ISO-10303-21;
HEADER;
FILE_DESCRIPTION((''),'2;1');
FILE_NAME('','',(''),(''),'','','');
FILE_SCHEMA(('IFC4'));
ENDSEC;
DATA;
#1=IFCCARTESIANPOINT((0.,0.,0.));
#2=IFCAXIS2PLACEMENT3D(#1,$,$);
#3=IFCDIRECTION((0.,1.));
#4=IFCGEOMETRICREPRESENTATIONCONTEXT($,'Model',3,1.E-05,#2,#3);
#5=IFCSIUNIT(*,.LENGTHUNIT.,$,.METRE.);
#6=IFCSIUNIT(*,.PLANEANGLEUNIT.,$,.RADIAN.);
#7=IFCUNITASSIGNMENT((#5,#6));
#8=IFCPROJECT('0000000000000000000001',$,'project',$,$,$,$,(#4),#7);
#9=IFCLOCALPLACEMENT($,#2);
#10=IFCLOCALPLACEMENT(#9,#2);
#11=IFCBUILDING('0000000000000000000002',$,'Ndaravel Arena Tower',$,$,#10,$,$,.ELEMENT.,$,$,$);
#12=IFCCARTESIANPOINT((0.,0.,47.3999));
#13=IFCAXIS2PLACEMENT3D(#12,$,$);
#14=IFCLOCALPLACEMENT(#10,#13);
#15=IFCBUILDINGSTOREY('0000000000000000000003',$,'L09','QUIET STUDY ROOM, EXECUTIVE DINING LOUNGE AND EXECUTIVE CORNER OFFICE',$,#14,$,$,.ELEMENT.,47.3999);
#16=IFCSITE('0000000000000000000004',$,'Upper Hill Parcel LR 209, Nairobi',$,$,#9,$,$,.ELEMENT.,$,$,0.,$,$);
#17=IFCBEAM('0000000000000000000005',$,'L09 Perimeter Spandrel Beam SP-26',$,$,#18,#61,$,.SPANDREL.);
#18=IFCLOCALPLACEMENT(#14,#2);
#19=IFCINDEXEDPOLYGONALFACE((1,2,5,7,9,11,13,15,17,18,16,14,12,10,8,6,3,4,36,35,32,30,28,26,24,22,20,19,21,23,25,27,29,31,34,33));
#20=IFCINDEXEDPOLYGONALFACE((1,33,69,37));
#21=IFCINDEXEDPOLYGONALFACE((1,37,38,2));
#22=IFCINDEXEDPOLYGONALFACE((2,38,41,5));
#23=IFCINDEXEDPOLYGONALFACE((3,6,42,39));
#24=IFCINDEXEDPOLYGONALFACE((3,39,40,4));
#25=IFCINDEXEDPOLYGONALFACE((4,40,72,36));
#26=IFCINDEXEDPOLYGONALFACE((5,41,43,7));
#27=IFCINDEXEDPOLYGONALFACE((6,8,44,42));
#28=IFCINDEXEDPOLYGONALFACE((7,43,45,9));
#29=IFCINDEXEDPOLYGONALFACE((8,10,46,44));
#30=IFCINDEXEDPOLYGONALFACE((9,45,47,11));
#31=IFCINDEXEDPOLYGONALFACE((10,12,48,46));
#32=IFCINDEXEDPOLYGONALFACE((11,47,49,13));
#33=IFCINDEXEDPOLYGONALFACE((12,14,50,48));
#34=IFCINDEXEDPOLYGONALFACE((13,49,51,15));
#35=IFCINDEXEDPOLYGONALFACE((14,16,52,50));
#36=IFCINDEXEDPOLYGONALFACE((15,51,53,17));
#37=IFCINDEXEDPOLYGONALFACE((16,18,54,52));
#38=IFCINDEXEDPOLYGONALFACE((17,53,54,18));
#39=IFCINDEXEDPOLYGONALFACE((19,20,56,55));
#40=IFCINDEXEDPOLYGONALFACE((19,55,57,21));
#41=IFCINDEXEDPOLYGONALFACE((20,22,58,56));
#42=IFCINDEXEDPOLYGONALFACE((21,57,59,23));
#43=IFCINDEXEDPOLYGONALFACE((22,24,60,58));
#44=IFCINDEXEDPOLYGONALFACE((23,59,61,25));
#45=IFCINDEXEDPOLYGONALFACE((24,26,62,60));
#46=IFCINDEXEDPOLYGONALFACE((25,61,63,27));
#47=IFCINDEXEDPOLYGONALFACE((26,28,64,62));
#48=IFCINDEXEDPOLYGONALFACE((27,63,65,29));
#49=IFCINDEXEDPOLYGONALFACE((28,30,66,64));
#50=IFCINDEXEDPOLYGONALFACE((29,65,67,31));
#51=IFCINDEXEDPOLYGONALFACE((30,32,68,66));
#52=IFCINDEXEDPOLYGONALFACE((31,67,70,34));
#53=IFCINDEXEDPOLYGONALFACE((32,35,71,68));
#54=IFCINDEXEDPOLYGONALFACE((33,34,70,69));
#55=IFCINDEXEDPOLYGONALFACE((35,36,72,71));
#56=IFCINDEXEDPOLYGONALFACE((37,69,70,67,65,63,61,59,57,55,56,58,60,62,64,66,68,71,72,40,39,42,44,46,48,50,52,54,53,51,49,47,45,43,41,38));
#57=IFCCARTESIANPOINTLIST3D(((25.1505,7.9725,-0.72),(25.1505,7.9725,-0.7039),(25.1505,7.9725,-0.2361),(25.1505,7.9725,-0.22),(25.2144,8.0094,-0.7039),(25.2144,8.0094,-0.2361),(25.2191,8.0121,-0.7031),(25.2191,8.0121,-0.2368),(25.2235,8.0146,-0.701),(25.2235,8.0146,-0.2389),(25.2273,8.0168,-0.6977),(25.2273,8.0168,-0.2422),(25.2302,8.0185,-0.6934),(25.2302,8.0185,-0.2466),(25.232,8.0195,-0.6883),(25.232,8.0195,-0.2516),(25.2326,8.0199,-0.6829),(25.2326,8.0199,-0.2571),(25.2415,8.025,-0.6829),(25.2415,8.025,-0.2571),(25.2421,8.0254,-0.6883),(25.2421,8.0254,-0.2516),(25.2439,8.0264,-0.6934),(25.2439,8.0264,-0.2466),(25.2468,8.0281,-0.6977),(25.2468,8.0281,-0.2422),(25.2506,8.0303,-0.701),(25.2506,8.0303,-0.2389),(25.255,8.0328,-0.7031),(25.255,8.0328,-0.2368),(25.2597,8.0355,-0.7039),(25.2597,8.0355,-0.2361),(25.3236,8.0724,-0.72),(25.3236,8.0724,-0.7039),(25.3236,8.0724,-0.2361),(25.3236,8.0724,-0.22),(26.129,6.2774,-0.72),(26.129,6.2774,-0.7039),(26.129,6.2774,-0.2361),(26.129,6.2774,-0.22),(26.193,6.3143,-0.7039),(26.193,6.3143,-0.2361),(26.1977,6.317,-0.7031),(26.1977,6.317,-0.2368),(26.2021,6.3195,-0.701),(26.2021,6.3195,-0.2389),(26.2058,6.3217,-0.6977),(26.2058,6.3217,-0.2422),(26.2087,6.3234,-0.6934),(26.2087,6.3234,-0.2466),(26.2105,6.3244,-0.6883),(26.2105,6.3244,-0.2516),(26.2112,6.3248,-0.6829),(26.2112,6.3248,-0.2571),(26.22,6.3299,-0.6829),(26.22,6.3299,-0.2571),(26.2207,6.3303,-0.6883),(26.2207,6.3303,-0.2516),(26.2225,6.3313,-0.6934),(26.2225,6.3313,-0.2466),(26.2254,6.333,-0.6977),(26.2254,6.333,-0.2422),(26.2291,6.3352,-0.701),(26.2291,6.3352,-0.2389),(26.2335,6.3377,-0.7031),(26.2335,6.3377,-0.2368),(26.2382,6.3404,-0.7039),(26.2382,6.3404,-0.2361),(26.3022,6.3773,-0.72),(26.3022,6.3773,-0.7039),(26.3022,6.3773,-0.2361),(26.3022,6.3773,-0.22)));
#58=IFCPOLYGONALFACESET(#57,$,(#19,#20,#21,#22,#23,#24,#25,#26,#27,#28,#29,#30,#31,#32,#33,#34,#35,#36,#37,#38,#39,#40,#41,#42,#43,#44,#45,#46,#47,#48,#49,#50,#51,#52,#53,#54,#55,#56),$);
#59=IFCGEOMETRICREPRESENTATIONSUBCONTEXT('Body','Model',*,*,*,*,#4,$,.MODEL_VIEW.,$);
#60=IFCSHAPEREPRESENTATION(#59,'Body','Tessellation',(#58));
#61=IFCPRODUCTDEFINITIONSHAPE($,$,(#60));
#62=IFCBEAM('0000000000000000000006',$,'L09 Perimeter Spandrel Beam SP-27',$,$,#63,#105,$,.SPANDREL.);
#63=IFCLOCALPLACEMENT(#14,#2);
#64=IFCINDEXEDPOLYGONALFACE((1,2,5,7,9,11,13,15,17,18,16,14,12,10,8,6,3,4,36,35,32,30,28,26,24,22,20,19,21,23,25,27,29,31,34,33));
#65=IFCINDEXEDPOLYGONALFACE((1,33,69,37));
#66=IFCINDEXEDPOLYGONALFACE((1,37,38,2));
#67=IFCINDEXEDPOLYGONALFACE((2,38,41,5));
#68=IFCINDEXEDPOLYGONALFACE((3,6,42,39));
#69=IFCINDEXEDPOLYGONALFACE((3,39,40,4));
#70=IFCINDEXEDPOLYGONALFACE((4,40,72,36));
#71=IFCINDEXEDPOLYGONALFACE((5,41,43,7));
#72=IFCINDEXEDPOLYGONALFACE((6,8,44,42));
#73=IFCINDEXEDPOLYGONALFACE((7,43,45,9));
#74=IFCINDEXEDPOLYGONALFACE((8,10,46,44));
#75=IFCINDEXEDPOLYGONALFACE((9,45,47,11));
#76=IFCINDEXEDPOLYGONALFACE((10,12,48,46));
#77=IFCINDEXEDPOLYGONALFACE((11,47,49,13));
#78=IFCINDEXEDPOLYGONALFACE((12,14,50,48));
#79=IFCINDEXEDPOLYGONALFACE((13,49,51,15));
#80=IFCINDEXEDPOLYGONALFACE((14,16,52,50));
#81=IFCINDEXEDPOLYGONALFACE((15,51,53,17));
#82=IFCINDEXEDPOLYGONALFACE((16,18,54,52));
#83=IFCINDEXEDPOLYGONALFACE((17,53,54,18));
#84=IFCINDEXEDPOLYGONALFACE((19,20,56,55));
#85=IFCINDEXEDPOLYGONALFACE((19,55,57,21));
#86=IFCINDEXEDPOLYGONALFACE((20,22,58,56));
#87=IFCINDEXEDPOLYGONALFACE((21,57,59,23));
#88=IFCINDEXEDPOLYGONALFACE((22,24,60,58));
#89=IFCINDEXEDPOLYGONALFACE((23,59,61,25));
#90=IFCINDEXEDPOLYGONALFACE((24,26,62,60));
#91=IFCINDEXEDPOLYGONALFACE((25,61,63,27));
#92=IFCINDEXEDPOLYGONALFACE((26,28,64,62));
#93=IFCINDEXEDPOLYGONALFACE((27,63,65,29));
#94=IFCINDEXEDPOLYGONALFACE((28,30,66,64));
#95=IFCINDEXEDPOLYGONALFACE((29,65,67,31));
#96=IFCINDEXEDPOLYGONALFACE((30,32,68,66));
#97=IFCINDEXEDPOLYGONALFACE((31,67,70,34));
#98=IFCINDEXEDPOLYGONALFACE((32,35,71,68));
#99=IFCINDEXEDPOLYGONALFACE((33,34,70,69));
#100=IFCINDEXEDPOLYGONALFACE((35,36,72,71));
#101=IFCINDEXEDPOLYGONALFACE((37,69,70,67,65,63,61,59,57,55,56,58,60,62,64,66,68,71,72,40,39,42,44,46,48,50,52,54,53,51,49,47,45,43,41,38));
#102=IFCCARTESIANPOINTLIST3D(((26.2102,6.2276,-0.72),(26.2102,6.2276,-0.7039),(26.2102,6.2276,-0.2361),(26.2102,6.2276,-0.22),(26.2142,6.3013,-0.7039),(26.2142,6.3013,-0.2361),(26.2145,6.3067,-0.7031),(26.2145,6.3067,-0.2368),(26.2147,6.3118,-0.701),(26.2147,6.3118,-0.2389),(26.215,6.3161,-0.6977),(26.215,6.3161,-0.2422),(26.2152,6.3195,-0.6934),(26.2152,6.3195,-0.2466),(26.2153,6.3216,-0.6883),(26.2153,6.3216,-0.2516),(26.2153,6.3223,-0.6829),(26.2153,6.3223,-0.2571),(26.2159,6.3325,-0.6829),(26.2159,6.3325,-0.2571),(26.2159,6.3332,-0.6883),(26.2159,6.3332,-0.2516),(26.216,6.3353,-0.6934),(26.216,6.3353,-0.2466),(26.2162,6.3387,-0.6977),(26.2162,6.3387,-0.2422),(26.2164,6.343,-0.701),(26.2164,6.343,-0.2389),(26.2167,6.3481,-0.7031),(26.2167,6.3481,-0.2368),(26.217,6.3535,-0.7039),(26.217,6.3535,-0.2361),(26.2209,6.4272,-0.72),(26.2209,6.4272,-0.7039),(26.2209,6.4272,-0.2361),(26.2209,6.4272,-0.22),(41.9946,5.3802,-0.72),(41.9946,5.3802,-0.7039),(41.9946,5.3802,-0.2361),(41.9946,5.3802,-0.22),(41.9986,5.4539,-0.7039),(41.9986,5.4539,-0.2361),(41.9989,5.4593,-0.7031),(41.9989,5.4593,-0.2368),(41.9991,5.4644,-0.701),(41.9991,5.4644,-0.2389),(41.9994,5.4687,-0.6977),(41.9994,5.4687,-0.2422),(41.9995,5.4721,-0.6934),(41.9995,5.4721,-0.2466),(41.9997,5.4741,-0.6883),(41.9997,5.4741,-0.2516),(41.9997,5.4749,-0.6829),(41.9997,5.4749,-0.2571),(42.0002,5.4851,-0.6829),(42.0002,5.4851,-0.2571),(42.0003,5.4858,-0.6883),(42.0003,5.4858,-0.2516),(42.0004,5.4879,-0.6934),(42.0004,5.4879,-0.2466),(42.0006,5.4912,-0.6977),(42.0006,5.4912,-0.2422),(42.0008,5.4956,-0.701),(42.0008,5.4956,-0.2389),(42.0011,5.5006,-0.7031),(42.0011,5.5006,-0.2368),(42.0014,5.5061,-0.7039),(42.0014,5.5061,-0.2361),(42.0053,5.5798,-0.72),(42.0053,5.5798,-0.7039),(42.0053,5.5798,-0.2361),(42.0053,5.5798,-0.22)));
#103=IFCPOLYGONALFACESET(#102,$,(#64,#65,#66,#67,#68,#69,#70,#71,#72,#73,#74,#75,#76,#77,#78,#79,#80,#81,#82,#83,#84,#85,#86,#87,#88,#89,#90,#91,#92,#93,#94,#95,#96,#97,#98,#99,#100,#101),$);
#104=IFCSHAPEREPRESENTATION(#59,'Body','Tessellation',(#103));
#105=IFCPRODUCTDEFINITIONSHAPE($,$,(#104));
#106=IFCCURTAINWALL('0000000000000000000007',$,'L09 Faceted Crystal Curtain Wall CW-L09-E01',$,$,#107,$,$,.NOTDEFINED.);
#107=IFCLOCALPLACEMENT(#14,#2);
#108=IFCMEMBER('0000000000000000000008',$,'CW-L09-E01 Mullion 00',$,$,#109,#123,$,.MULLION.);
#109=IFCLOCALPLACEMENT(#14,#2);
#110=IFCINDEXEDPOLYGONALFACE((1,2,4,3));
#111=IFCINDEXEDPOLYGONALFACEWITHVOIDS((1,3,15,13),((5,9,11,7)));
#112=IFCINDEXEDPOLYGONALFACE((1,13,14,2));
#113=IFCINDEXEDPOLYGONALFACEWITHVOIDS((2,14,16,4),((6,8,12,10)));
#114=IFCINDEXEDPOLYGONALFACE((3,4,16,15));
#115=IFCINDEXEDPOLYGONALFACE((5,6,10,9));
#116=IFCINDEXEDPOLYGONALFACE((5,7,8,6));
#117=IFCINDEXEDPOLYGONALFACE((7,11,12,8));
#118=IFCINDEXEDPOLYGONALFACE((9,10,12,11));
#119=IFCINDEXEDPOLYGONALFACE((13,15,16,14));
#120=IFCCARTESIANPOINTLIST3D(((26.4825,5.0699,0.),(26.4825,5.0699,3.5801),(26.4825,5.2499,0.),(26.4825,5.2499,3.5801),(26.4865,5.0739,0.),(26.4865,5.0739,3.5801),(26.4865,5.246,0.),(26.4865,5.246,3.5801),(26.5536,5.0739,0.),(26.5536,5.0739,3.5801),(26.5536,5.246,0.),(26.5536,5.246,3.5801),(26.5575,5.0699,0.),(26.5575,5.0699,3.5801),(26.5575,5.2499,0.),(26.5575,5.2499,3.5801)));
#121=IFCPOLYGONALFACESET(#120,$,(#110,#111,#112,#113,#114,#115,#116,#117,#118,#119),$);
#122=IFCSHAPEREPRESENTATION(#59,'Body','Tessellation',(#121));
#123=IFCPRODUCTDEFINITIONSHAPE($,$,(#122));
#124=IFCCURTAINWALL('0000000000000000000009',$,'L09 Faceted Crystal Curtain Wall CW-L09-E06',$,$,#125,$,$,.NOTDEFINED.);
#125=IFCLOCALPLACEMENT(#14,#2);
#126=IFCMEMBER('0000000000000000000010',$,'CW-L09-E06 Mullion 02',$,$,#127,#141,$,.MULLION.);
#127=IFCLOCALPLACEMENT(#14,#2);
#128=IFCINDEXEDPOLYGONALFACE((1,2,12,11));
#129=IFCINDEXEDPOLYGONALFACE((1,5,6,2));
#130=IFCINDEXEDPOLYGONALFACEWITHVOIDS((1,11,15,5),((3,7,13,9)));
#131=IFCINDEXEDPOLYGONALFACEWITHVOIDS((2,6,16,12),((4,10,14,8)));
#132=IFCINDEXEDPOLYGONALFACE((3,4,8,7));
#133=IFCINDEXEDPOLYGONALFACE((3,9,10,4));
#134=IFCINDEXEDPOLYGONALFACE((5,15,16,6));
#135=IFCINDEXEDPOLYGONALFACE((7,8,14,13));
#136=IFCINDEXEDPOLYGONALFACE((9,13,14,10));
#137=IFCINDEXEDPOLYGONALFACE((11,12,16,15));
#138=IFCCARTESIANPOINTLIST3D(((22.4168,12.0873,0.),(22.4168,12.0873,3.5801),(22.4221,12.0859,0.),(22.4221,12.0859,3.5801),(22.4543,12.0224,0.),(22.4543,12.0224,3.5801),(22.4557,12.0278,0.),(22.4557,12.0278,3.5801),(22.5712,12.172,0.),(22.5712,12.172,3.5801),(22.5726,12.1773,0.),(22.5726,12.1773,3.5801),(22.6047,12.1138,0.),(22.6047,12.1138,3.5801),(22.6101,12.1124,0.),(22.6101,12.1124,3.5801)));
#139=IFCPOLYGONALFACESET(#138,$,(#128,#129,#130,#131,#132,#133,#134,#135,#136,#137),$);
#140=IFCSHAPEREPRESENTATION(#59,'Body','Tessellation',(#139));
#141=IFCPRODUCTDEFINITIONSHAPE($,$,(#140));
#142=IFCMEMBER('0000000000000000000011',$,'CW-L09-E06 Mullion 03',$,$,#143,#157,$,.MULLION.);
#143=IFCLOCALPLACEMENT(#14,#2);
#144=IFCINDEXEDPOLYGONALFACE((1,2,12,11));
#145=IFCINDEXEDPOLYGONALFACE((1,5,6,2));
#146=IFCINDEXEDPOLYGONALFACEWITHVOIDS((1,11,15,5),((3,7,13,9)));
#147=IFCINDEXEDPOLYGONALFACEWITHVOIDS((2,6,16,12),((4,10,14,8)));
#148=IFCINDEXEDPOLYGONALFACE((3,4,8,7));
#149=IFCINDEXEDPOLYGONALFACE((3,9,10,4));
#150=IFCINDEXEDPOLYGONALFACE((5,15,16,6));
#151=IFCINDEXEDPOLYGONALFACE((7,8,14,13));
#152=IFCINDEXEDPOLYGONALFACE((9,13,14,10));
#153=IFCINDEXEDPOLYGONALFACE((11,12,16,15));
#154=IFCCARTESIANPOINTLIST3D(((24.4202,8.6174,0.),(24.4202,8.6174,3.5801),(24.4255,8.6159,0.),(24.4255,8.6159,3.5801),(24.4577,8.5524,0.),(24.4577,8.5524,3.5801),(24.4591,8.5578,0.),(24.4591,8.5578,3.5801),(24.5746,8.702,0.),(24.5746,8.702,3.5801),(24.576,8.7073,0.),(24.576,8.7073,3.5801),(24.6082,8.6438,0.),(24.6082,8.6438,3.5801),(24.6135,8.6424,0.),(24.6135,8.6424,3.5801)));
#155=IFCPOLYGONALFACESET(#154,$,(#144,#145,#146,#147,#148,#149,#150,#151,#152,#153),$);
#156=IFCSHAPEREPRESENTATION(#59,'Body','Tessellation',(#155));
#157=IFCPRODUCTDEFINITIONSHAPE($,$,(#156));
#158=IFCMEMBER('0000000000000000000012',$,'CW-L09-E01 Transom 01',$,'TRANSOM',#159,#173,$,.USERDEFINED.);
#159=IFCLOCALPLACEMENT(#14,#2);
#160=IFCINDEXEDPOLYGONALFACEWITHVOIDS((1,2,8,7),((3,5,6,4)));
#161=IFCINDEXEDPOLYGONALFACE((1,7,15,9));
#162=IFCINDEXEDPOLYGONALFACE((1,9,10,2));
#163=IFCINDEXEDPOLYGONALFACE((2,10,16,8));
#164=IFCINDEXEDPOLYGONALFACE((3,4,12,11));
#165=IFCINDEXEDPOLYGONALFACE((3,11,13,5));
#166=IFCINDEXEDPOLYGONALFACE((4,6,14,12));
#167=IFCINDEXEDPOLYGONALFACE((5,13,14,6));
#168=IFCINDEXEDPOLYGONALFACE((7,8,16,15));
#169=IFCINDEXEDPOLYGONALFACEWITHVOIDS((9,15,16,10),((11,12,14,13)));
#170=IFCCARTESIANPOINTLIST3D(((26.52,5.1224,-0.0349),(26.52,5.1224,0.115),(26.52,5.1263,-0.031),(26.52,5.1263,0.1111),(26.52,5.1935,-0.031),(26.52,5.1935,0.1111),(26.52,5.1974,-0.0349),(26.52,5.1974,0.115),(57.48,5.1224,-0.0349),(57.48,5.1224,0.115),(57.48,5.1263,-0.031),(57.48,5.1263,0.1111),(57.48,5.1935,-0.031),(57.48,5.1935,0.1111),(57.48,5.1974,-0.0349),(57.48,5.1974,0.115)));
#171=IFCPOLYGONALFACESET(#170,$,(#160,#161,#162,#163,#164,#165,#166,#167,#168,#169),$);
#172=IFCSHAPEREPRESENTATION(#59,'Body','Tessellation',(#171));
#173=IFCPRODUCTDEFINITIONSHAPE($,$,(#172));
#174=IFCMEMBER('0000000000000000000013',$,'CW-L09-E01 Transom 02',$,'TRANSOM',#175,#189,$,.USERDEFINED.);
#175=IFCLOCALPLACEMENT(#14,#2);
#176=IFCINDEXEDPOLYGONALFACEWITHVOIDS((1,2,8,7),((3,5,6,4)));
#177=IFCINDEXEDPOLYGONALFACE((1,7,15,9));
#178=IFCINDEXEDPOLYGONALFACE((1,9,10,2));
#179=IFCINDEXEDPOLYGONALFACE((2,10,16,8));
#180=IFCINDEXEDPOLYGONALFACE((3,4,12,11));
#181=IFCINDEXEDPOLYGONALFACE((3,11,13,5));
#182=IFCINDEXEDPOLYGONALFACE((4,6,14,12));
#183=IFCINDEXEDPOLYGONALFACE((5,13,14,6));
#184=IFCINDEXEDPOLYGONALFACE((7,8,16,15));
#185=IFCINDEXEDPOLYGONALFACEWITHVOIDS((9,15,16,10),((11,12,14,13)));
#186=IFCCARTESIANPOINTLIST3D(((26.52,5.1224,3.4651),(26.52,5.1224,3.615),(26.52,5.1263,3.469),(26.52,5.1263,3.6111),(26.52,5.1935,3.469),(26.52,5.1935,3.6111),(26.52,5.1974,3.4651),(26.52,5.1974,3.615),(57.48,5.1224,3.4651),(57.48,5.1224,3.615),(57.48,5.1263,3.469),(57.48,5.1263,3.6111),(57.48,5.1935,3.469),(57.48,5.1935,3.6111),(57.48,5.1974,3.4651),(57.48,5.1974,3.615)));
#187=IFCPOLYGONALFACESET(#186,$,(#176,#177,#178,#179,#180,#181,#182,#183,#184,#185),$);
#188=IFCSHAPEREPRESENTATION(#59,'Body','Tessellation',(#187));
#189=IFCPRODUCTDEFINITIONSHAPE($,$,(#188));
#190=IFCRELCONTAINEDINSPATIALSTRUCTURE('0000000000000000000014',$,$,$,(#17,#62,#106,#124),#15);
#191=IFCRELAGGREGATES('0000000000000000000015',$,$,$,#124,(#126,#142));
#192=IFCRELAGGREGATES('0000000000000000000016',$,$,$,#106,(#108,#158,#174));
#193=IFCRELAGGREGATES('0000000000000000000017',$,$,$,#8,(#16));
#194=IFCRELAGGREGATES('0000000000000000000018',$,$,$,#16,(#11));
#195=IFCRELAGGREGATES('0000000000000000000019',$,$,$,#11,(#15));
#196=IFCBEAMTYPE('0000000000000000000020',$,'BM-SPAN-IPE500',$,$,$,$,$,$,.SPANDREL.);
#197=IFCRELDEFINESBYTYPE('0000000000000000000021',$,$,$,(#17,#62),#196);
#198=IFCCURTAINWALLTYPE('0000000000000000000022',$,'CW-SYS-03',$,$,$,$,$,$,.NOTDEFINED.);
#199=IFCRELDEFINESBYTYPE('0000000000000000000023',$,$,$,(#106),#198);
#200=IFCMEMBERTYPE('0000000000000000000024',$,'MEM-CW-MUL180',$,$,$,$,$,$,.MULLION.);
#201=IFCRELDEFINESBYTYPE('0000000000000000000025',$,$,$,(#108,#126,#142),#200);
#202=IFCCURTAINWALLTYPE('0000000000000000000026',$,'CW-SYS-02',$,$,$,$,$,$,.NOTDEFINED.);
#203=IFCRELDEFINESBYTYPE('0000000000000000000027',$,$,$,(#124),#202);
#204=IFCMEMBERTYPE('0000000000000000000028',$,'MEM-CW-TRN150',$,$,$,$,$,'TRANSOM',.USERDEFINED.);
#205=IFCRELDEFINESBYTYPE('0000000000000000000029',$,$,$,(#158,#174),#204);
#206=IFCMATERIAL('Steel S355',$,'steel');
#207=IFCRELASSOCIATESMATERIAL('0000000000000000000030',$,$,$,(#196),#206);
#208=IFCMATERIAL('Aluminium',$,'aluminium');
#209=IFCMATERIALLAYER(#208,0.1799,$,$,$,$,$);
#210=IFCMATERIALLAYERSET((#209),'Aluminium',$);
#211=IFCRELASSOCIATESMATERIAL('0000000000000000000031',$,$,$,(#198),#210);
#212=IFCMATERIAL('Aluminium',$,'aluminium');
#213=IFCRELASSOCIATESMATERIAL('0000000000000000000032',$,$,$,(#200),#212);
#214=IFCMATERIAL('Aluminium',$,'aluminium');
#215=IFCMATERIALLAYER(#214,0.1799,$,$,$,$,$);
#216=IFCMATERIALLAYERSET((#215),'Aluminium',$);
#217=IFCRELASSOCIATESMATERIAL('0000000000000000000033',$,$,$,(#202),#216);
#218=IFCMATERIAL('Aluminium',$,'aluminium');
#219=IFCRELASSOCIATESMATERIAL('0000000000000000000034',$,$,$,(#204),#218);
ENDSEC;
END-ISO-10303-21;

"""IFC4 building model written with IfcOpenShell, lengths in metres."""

from ifc_helpers import new_model, si_unit, direction, frame, origin, origin_2d, place, context, subcontext, project, spatial, hollow_rectangle, i_section, extrude, material, layer, layer_set, material_profile, profile_set, type_object, element, aggregate, save


model = new_model("IFC4")

# Units and contexts
model_context = context("Model", 3, precision=1e-05, world=origin(), true_north=direction((0.0, 1.0)))
body_context = subcontext(model_context, "Body", "Model", "MODEL_VIEW")
ifc_project = project(units=[si_unit("LENGTHUNIT", "METRE"), si_unit("PLANEANGLEUNIT", "RADIAN")], contexts=[model_context])

# Site, building, storey
site_placement = place(None, origin())
site = spatial("IfcSite", under=ifc_project, at=site_placement, Name="Upper Hill Parcel LR 209, Nairobi", CompositionType="ELEMENT", RefElevation=0.0)
building_placement = place(site_placement, origin())
building = spatial("IfcBuilding", under=site, at=building_placement, Name="Ndaravel Arena Tower", CompositionType="ELEMENT")
storey_placement = place(building_placement, frame((0.0, 0.0, 47.3999)))
storey = spatial("IfcBuildingStorey", under=building, at=storey_placement, Name="L09", Description="QUIET STUDY ROOM, EXECUTIVE DINING LOUNGE AND EXECUTIVE CORNER OFFICE", CompositionType="ELEMENT", Elevation=47.3999)

# Beams
ifc_material_1 = material(Name="Steel S355", Category="steel")
ifc_material_profile_1 = material_profile(ifc_material_1, i_section(OverallWidth=0.2, OverallDepth=0.5, WebThickness=0.0103, FlangeThickness=0.0161, FilletRadius=0.021, at=origin_2d()), Name="IPE 500")
ifc_profile_set_1 = profile_set([ifc_material_profile_1], Name="Steel S355")
beam_type = type_object("IfcBeamType", Name="BM-SPAN-IPE500", PredefinedType="SPANDREL", material=ifc_profile_set_1)
beam_1_placement = place(storey_placement, frame((25.2371, 8.0225, -0.47), z_axis=(0.499949, -0.866055, 0.0), x_axis=(0.866055, 0.499949, 0.0)))
element("IfcBeam", 1, at=beam_1_placement, inside=storey, type_object=beam_type, Name="L09 Perimeter Spandrel Beam SP-26", PredefinedType="SPANDREL", context=body_context, shape_type="SweptSolid", body=[
    extrude(i_section(OverallWidth=0.2, OverallDepth=0.5, WebThickness=0.0103, FlangeThickness=0.0161, FilletRadius=0.021, at=origin_2d()), origin(), (0.0, 0.0, 1.0), 1.9573),
])
beam_2_placement = place(storey_placement, frame((26.2156, 6.3274, -0.47), z_axis=(0.998562, -0.053609, 0.0), x_axis=(0.053609, 0.998562, 0.0)))
element("IfcBeam", 2, at=beam_2_placement, inside=storey, type_object=beam_type, Name="L09 Perimeter Spandrel Beam SP-27", PredefinedType="SPANDREL", context=body_context, shape_type="SweptSolid", body=[
    extrude(i_section(OverallWidth=0.2, OverallDepth=0.5, WebThickness=0.0103, FlangeThickness=0.0161, FilletRadius=0.021, at=origin_2d()), origin(), (0.0, 0.0, 1.0), 15.8071),
])

# Curtain wall, member
ifc_material_2 = material(Name="Aluminium", Category="aluminium")
ifc_layer_1 = layer(ifc_material_2, 0.1799)
ifc_layer_set_1 = layer_set([ifc_layer_1], Name="Aluminium")
curtain_wall_type_1 = type_object("IfcCurtainWallType", Name="CW-SYS-03", PredefinedType="NOTDEFINED", material=ifc_layer_set_1)
curtain_wall_1_placement = place(storey_placement, origin())
curtain_wall_1 = element("IfcCurtainWall", 3, at=curtain_wall_1_placement, inside=storey, type_object=curtain_wall_type_1, Name="L09 Faceted Crystal Curtain Wall CW-L09-E01", PredefinedType="NOTDEFINED")
ifc_material_3 = material(Name="Aluminium", Category="aluminium")
ifc_material_profile_2 = material_profile(ifc_material_3, hollow_rectangle(XDim=0.075, YDim=0.1799, WallThickness=0.0039, at=origin_2d()), Name="CW MULLION 75x180x4")
ifc_profile_set_2 = profile_set([ifc_material_profile_2], Name="Aluminium")
member_type_1 = type_object("IfcMemberType", Name="MEM-CW-MUL180", PredefinedType="MULLION", material=ifc_profile_set_2)
member_1_placement = place(storey_placement, frame((26.52, 5.1599, 0.0), z_axis=(0.0, 0.0, 1.0), x_axis=(1.0, 0.0, 0.0)))
member_1 = element("IfcMember", 4, at=member_1_placement, type_object=member_type_1, Name="CW-L09-E01 Mullion 00", PredefinedType="MULLION", context=body_context, shape_type="SweptSolid", body=[
    extrude(hollow_rectangle(XDim=0.075, YDim=0.1799, WallThickness=0.0039, at=origin_2d()), origin(), (0.0, 0.0, 1.0), 3.5801),
])

# Curtain wall, members
ifc_material_4 = material(Name="Aluminium", Category="aluminium")
ifc_layer_2 = layer(ifc_material_4, 0.1799)
ifc_layer_set_2 = layer_set([ifc_layer_2], Name="Aluminium")
curtain_wall_type_2 = type_object("IfcCurtainWallType", Name="CW-SYS-02", PredefinedType="NOTDEFINED", material=ifc_layer_set_2)
curtain_wall_2_placement = place(storey_placement, origin())
curtain_wall_2 = element("IfcCurtainWall", 5, at=curtain_wall_2_placement, inside=storey, type_object=curtain_wall_type_2, Name="L09 Faceted Crystal Curtain Wall CW-L09-E06", PredefinedType="NOTDEFINED")
member_2_placement = place(storey_placement, frame((22.5134, 12.0999, 0.0), z_axis=(0.0, 0.0, 1.0), x_axis=(0.5, -0.866025, 0.0)))
member_2 = element("IfcMember", 6, at=member_2_placement, type_object=member_type_1, Name="CW-L09-E06 Mullion 02", PredefinedType="MULLION", context=body_context, shape_type="SweptSolid", body=[
    extrude(hollow_rectangle(XDim=0.075, YDim=0.1799, WallThickness=0.0039, at=origin_2d()), origin(), (0.0, 0.0, 1.0), 3.5801),
])
member_3_placement = place(storey_placement, frame((24.5168, 8.6299, 0.0), z_axis=(0.0, 0.0, 1.0), x_axis=(0.5, -0.866025, 0.0)))
member_3 = element("IfcMember", 7, at=member_3_placement, type_object=member_type_1, Name="CW-L09-E06 Mullion 03", PredefinedType="MULLION", context=body_context, shape_type="SweptSolid", body=[
    extrude(hollow_rectangle(XDim=0.075, YDim=0.1799, WallThickness=0.0039, at=origin_2d()), origin(), (0.0, 0.0, 1.0), 3.5801),
])

# Members
ifc_material_5 = material(Name="Aluminium", Category="aluminium")
ifc_material_profile_3 = material_profile(ifc_material_5, hollow_rectangle(XDim=0.075, YDim=0.1499, WallThickness=0.0039, at=origin_2d()), Name="CW TRANSOM 75x150x4")
ifc_profile_set_3 = profile_set([ifc_material_profile_3], Name="Aluminium")
member_type_2 = type_object("IfcMemberType", Name="MEM-CW-TRN150", ElementType="TRANSOM", PredefinedType="USERDEFINED", material=ifc_profile_set_3)
member_4_placement = place(storey_placement, frame((26.52, 5.1599, 0.04), z_axis=(1.0, 0.0, 0.0), x_axis=(0.0, 1.0, 0.0)))
member_4 = element("IfcMember", 8, at=member_4_placement, type_object=member_type_2, Name="CW-L09-E01 Transom 01", ObjectType="TRANSOM", PredefinedType="USERDEFINED", context=body_context, shape_type="SweptSolid", body=[
    extrude(hollow_rectangle(XDim=0.075, YDim=0.1499, WallThickness=0.0039, at=origin_2d()), origin(), (0.0, 0.0, 1.0), 30.96),
])
member_5_placement = place(storey_placement, frame((26.52, 5.1599, 3.54), z_axis=(1.0, 0.0, 0.0), x_axis=(0.0, 1.0, 0.0)))
member_5 = element("IfcMember", 9, at=member_5_placement, type_object=member_type_2, Name="CW-L09-E01 Transom 02", ObjectType="TRANSOM", PredefinedType="USERDEFINED", context=body_context, shape_type="SweptSolid", body=[
    extrude(hollow_rectangle(XDim=0.075, YDim=0.1499, WallThickness=0.0039, at=origin_2d()), origin(), (0.0, 0.0, 1.0), 30.96),
])

aggregate(curtain_wall_2, [member_2, member_3])
aggregate(curtain_wall_1, [member_1, member_4, member_5])

save(model, "model.ifc")
